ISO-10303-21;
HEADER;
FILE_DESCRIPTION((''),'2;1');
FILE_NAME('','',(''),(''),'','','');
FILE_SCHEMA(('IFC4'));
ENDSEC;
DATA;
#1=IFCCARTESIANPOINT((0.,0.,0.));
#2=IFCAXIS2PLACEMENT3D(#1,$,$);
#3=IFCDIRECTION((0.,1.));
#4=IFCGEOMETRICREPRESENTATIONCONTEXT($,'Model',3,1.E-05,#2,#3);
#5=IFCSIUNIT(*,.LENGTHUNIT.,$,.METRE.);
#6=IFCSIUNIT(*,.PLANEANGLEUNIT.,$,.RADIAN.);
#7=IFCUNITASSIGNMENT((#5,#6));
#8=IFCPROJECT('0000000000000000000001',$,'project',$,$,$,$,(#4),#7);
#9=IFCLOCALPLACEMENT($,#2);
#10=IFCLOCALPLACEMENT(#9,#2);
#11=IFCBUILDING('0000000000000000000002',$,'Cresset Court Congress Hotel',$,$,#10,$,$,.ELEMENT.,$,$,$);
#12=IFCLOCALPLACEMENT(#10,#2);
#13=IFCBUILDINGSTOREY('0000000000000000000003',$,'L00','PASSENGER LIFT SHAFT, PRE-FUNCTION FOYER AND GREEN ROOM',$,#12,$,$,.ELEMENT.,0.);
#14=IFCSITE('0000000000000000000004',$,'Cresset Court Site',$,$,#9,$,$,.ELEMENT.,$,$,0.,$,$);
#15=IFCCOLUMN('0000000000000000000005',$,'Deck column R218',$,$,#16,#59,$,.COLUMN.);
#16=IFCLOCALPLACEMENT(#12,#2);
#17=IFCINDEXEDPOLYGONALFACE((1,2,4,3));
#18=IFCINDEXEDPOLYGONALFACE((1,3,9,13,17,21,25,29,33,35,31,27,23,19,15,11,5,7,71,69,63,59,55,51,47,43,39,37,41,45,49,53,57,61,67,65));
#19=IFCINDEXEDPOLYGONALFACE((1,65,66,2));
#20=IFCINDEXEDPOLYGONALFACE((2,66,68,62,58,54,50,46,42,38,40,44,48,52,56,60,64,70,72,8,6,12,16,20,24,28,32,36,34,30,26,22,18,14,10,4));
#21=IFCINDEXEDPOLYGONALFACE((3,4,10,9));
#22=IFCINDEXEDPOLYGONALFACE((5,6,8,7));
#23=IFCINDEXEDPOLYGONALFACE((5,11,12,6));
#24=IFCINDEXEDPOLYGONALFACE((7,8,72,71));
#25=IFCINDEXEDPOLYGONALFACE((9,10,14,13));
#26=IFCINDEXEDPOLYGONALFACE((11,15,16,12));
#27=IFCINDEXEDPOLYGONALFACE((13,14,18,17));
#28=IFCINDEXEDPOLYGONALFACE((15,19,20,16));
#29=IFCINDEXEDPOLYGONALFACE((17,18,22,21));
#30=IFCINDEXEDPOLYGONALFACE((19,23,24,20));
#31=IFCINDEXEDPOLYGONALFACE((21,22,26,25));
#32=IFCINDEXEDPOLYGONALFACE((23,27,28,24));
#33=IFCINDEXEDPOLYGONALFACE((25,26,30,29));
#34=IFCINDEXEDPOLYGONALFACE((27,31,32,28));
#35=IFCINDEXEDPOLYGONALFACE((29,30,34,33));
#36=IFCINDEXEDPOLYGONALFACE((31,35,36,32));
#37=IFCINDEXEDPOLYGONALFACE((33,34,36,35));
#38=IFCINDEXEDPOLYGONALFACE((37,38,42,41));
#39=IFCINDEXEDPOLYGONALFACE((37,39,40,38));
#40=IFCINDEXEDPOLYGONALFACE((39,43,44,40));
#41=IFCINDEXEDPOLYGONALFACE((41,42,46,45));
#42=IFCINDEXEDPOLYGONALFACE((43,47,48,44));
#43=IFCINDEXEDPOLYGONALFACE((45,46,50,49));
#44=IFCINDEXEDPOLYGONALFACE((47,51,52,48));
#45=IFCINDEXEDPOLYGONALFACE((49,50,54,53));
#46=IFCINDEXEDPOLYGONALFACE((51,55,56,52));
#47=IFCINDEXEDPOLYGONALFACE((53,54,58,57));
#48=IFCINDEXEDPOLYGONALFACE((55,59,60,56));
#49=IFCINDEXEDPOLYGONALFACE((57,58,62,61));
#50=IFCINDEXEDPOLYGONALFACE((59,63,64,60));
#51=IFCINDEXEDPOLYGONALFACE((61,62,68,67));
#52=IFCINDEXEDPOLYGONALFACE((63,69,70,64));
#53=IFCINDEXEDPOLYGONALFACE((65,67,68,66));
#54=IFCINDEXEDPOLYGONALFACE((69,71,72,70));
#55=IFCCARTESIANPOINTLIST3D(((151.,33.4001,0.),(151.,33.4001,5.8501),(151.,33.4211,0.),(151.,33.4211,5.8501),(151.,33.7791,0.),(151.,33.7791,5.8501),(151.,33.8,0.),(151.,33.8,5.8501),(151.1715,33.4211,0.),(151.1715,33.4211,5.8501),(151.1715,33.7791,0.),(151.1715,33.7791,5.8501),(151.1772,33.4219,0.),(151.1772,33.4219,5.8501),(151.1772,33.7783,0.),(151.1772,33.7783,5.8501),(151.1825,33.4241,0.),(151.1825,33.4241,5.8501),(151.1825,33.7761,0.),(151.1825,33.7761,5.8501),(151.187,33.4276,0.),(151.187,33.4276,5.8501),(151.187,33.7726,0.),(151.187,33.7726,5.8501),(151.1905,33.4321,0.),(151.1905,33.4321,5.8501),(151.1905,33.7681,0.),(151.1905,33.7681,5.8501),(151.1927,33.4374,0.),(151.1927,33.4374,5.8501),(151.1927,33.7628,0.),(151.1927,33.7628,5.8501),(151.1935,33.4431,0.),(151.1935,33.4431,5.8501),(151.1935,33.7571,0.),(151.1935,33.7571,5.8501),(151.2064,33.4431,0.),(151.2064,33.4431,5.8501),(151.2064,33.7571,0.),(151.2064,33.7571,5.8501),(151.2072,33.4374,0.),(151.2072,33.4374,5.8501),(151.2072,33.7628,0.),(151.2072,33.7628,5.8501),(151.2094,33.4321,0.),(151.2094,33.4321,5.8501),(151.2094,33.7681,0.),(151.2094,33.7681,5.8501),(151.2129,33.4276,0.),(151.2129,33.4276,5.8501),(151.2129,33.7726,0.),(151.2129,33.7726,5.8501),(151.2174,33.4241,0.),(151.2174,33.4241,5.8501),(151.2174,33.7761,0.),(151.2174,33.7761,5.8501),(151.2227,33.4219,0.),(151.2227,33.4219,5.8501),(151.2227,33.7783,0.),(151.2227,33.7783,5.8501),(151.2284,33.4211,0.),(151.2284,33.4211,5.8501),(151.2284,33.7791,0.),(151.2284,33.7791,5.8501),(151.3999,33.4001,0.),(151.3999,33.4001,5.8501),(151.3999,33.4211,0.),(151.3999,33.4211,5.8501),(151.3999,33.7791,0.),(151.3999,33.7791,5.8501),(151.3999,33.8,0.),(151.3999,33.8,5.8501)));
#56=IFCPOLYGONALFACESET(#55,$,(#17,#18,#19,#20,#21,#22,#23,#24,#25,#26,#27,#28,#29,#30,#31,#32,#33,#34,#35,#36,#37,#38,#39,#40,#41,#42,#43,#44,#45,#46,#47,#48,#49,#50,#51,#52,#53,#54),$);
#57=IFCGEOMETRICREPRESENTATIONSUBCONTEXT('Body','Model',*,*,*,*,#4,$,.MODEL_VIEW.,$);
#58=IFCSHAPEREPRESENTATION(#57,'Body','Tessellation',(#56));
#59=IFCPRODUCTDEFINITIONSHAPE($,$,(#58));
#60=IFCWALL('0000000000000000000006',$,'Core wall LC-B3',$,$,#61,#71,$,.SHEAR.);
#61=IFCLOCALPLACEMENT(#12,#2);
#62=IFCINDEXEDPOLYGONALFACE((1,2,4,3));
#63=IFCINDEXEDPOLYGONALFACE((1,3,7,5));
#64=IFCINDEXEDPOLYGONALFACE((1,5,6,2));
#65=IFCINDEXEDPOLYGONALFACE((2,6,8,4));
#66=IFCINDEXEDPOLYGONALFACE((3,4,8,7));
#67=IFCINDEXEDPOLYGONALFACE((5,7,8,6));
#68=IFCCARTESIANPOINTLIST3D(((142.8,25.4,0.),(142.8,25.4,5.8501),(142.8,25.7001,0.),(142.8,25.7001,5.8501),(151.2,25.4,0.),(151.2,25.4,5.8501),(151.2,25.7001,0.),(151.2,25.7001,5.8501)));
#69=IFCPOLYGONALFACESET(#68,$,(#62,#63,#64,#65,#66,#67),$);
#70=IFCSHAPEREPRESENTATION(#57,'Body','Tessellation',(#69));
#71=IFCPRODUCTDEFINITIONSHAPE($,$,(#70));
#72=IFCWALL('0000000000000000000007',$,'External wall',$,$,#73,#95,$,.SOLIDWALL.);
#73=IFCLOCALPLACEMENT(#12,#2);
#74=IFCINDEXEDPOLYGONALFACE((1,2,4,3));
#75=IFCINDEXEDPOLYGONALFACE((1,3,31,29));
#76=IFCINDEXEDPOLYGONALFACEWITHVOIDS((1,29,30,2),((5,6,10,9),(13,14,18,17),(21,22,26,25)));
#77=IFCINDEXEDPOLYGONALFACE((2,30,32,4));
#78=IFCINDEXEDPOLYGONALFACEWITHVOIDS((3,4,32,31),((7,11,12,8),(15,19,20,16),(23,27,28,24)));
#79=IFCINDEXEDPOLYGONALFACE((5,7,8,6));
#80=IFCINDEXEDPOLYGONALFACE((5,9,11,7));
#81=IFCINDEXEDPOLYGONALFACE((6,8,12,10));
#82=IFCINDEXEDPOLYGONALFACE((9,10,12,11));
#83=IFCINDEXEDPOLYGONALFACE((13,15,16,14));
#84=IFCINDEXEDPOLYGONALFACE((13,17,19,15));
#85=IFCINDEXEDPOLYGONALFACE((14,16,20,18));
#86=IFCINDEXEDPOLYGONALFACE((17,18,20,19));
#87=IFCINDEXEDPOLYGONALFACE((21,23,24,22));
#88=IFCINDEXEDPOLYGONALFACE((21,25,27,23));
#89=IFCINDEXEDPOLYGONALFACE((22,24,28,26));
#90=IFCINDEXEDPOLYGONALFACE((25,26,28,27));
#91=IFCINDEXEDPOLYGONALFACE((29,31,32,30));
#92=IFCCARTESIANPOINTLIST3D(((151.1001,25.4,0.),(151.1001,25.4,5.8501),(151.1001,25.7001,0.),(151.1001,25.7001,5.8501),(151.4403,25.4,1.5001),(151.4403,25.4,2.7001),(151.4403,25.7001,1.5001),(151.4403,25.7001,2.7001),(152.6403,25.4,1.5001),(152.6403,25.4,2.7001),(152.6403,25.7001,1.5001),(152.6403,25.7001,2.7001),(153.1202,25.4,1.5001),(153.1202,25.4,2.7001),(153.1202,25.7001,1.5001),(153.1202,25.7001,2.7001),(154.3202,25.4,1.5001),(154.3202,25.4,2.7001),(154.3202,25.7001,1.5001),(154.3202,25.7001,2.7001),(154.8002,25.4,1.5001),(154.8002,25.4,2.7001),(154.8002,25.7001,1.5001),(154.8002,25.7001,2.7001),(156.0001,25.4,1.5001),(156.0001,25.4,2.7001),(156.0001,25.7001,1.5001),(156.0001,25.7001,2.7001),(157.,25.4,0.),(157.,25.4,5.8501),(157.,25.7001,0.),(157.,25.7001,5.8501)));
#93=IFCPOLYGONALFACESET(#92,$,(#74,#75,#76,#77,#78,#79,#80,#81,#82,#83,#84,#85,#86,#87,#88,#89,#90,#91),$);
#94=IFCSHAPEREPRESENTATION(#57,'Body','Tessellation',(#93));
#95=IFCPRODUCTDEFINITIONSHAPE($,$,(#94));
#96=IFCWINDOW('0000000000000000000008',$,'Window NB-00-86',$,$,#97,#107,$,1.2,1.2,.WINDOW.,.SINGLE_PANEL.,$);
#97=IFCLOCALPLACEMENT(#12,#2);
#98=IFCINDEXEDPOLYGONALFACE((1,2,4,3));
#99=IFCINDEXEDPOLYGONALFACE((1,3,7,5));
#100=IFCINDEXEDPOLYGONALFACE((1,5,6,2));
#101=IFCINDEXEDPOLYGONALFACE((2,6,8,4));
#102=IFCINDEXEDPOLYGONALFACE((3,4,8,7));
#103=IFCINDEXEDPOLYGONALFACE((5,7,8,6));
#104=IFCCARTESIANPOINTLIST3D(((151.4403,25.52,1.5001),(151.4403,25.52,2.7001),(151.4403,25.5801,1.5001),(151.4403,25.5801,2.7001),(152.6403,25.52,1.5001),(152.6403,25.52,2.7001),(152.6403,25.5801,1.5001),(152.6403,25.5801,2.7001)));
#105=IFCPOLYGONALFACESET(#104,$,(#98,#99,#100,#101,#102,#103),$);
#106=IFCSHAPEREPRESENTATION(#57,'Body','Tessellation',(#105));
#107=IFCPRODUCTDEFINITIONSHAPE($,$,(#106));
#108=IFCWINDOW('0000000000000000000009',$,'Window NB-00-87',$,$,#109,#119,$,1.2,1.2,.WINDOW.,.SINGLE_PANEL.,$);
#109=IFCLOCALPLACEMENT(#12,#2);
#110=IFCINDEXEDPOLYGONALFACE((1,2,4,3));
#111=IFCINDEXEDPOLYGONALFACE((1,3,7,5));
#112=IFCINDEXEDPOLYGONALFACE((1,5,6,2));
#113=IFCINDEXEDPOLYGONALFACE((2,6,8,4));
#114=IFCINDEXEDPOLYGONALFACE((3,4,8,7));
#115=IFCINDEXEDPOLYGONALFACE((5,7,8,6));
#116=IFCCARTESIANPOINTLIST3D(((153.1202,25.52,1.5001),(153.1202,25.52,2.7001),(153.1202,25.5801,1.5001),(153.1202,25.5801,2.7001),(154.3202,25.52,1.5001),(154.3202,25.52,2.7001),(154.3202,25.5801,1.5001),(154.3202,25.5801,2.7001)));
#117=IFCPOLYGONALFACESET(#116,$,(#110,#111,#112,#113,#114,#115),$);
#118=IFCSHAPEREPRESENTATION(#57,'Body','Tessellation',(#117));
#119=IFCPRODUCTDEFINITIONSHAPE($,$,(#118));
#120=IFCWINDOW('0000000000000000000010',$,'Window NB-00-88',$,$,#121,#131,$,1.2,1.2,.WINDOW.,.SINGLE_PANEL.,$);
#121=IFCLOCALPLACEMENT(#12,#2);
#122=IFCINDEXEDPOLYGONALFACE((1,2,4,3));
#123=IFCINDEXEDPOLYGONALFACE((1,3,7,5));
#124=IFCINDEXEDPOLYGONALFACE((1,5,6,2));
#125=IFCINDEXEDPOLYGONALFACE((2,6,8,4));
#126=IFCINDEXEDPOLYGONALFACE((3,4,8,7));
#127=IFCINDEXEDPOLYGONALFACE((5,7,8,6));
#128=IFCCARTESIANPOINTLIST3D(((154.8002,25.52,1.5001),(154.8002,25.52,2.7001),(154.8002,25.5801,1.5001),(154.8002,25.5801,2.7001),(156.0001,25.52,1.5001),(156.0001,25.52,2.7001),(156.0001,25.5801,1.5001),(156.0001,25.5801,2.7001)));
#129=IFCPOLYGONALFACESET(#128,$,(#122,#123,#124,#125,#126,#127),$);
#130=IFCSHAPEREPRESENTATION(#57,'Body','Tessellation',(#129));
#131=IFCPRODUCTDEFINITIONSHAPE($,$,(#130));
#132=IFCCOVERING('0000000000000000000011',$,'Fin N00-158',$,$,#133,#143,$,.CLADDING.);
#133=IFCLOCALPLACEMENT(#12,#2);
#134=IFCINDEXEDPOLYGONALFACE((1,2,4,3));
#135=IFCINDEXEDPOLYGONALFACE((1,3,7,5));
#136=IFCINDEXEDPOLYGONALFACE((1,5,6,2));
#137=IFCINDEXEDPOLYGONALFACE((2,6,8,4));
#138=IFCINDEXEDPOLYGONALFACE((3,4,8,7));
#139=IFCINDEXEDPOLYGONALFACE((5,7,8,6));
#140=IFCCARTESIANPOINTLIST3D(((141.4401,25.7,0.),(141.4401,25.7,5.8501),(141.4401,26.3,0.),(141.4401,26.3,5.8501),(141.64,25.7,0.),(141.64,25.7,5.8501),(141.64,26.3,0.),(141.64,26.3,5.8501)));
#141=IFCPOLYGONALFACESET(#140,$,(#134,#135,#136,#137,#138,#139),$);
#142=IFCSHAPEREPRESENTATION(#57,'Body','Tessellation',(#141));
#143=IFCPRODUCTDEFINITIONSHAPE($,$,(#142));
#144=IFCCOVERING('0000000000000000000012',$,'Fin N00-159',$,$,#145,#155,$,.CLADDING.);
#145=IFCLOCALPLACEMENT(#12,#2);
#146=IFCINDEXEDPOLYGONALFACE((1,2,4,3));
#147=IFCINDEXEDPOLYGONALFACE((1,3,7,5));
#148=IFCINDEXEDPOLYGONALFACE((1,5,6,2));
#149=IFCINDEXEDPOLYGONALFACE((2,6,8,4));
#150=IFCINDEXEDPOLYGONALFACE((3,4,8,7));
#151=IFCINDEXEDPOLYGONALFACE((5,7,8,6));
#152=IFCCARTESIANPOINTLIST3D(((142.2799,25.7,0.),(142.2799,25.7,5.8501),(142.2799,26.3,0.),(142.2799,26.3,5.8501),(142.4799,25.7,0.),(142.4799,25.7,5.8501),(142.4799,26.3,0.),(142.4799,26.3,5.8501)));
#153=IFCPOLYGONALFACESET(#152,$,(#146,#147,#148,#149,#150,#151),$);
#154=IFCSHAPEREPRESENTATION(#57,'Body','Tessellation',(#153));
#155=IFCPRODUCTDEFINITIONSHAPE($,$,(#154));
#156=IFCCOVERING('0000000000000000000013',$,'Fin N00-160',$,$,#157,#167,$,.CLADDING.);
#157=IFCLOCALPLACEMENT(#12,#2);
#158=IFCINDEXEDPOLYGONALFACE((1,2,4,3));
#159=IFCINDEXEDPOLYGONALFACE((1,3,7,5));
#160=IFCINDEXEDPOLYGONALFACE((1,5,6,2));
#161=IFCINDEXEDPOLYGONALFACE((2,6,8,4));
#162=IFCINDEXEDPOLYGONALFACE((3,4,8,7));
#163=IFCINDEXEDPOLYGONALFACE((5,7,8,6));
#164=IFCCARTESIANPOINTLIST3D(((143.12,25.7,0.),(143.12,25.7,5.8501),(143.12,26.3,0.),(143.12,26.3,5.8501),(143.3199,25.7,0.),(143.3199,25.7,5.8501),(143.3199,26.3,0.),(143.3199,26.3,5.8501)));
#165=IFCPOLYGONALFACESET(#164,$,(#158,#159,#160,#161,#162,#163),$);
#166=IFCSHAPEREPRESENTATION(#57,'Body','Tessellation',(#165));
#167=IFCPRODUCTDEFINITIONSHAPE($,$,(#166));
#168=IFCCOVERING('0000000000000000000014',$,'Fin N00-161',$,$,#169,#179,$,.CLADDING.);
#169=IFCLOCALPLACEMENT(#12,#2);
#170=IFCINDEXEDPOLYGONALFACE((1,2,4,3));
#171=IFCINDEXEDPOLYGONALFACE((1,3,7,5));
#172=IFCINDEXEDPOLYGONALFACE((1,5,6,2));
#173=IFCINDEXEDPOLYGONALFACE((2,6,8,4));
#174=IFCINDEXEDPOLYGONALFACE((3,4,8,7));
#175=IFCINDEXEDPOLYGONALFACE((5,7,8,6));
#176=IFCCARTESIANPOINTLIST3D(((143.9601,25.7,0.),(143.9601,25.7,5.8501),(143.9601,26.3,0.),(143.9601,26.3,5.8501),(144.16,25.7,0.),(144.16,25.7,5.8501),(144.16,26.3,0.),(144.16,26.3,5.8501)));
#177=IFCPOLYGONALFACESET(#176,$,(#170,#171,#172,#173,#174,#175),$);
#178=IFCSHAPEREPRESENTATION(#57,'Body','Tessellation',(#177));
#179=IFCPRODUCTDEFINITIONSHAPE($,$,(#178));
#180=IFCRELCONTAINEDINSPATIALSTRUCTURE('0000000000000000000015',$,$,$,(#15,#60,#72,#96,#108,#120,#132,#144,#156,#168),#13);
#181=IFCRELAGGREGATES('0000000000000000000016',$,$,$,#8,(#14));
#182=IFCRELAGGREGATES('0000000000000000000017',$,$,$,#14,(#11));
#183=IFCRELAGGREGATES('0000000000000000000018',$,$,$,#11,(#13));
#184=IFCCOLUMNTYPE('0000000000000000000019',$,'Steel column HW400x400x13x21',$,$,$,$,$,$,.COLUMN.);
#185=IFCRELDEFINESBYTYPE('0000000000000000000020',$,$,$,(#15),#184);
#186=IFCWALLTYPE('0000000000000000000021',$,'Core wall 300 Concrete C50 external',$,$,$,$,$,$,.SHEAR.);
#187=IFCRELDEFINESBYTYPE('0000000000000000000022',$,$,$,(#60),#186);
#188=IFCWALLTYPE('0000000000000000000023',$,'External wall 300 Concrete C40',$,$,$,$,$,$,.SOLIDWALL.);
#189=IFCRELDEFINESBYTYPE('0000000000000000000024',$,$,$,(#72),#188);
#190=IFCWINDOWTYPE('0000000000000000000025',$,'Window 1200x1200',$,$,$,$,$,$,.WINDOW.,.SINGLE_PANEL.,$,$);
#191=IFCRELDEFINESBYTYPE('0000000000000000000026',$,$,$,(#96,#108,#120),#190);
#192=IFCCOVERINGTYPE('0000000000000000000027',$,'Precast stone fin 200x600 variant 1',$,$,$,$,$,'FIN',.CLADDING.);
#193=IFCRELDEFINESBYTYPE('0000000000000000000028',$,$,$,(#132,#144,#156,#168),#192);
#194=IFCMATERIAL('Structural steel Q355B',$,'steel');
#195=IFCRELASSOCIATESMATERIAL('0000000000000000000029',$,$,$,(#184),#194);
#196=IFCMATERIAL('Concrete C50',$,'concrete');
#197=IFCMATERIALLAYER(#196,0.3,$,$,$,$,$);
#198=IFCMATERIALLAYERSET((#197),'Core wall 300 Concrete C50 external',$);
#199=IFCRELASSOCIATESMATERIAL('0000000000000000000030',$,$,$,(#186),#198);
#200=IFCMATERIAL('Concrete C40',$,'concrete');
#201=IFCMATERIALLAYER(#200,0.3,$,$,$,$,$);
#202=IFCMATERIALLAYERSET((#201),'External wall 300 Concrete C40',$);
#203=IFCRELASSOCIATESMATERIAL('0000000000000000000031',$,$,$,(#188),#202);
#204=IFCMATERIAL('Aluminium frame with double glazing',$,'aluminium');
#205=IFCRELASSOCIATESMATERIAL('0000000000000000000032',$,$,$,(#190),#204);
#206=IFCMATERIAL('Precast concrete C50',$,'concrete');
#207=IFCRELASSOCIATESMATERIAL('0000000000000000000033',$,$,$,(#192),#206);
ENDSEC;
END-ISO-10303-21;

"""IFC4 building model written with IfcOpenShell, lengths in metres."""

from ifc_helpers import new_model, si_unit, direction, frame, frame_2d, origin, origin_2d, place, context, subcontext, project, spatial, rectangle, i_section, extrude, material, layer, layer_set, material_profile, profile_set, type_object, element, fill, save


model = new_model("IFC4")

# Units and contexts
model_context = context("Model", 3, precision=1e-05, world=origin(), true_north=direction((0.0, 1.0)))
body_context = subcontext(model_context, "Body", "Model", "MODEL_VIEW")
ifc_project = project(units=[si_unit("LENGTHUNIT", "METRE"), si_unit("PLANEANGLEUNIT", "RADIAN")], contexts=[model_context])

# Site, building, storey
site_placement = place(None, origin())
site = spatial("IfcSite", under=ifc_project, at=site_placement, Name="Cresset Court Site", CompositionType="ELEMENT", RefElevation=0.0)
building_placement = place(site_placement, origin())
building = spatial("IfcBuilding", under=site, at=building_placement, Name="Cresset Court Congress Hotel", CompositionType="ELEMENT")
storey_placement = place(building_placement, origin())
storey = spatial("IfcBuildingStorey", under=building, at=storey_placement, Name="L00", Description="PASSENGER LIFT SHAFT, PRE-FUNCTION FOYER AND GREEN ROOM", CompositionType="ELEMENT", Elevation=0.0)

# Column
ifc_material_1 = material(Name="Structural steel Q355B", Category="steel")
ifc_material_profile_1 = material_profile(ifc_material_1, i_section(OverallWidth=0.3999, OverallDepth=0.3999, WebThickness=0.0129, FlangeThickness=0.021, FilletRadius=0.022, at=origin_2d()), Name="HW400x400x13x21")
ifc_profile_set_1 = profile_set([ifc_material_profile_1], Name="Structural steel Q355B")
column_type_1 = type_object("IfcColumnType", Name="Steel column HW400x400x13x21", PredefinedType="COLUMN", material=ifc_profile_set_1)
for number, where, z_axis, x_axis, name in (
    (1, (151.2, 33.6001, 0.0), (0.0, 0.0, 1.0), (1.0, 0.0, 0.0), "Deck column R218"),
):
    element("IfcColumn", number, at=place(storey_placement, frame(where, z_axis=z_axis, x_axis=x_axis)), inside=storey, type_object=column_type_1, Name=name, PredefinedType="COLUMN", context=body_context, shape_type="SweptSolid", body=[
        extrude(i_section(OverallWidth=0.3999, OverallDepth=0.3999, WebThickness=0.0129, FlangeThickness=0.021, FilletRadius=0.022, at=origin_2d()), origin(), (0.0, 0.0, 1.0), 5.8501),
    ])

# Wall
ifc_material_2 = material(Name="Concrete C50", Category="concrete")
ifc_layer_1 = layer(ifc_material_2, 0.3)
ifc_layer_set_1 = layer_set([ifc_layer_1], Name="Core wall 300 Concrete C50 external")
wall_type_1 = type_object("IfcWallType", Name="Core wall 300 Concrete C50 external", PredefinedType="SHEAR", material=ifc_layer_set_1)
wall_1_placement = place(storey_placement, frame((142.8, 25.55, 0.0), z_axis=(0.0, 0.0, 1.0), x_axis=(1.0, 0.0, 0.0)))
element("IfcWall", 2, at=wall_1_placement, inside=storey, type_object=wall_type_1, Name="Core wall LC-B3", PredefinedType="SHEAR", context=body_context, shape_type="SweptSolid", body=[
    extrude(rectangle(XDim=8.3999, YDim=0.3, at=frame_2d((4.2, 0.0))), origin(), (0.0, 0.0, 1.0), 5.8501),
])

# Wall, openings, windows
ifc_material_3 = material(Name="Concrete C40", Category="concrete")
ifc_layer_2 = layer(ifc_material_3, 0.3)
ifc_layer_set_2 = layer_set([ifc_layer_2], Name="External wall 300 Concrete C40")
wall_type_2 = type_object("IfcWallType", Name="External wall 300 Concrete C40", PredefinedType="SOLIDWALL", material=ifc_layer_set_2)
wall_2_placement = place(storey_placement, frame((151.1001, 25.55, 0.0), z_axis=(0.0, 0.0, 1.0), x_axis=(1.0, 0.0, 0.0)))
wall_2 = element("IfcWall", 3, at=wall_2_placement, inside=storey, type_object=wall_type_2, Name="External wall", PredefinedType="SOLIDWALL", context=body_context, shape_type="SweptSolid", body=[
    extrude(rectangle(XDim=5.8999, YDim=0.3, at=frame_2d((2.95, 0.0))), origin(), (0.0, 0.0, 1.0), 5.8501),
])
opening_1_placement = place(wall_2_placement, frame((0.3401, 0.0, 1.5)))
opening_1 = element("IfcOpeningElement", 4, at=opening_1_placement, cuts=wall_2, PredefinedType="OPENING", context=body_context, shape_type="SweptSolid", body=[
    extrude(rectangle(XDim=1.2, YDim=1.2, at=frame_2d((0.6001, 0.6001))), frame((0.0, 0.1599, 0.0), z_axis=(0.0, -1.0, 0.0), x_axis=(1.0, 0.0, 0.0)), (0.0, 0.0, 1.0), 0.3201),
])
opening_2_placement = place(wall_2_placement, frame((2.02, 0.0, 1.5)))
opening_2 = element("IfcOpeningElement", 5, at=opening_2_placement, cuts=wall_2, PredefinedType="OPENING", context=body_context, shape_type="SweptSolid", body=[
    extrude(rectangle(XDim=1.2, YDim=1.2, at=frame_2d((0.6001, 0.6001))), frame((0.0, 0.1599, 0.0), z_axis=(0.0, -1.0, 0.0), x_axis=(1.0, 0.0, 0.0)), (0.0, 0.0, 1.0), 0.3201),
])
opening_3_placement = place(wall_2_placement, frame((3.7, 0.0, 1.5)))
opening_3 = element("IfcOpeningElement", 6, at=opening_3_placement, cuts=wall_2, PredefinedType="OPENING", context=body_context, shape_type="SweptSolid", body=[
    extrude(rectangle(XDim=1.2, YDim=1.2, at=frame_2d((0.6001, 0.6001))), frame((0.0, 0.1599, 0.0), z_axis=(0.0, -1.0, 0.0), x_axis=(1.0, 0.0, 0.0)), (0.0, 0.0, 1.0), 0.3201),
])
ifc_material_4 = material(Name="Aluminium frame with double glazing", Category="aluminium")
window_type = type_object("IfcWindowType", Name="Window 1200x1200", PartitioningType="SINGLE_PANEL", PredefinedType="WINDOW", material=ifc_material_4)
window_1_placement = place(opening_1_placement, origin())
window_1 = element("IfcWindow", 7, at=window_1_placement, inside=storey, type_object=window_type, Name="Window NB-00-86", OverallHeight=1.2, OverallWidth=1.2, PartitioningType="SINGLE_PANEL", PredefinedType="WINDOW", context=body_context, shape_type="SweptSolid", body=[
    extrude(rectangle(XDim=1.2, YDim=1.2, at=frame_2d((0.6001, 0.6001))), frame((0.0, 0.03, 0.0), z_axis=(0.0, -1.0, 0.0), x_axis=(1.0, 0.0, 0.0)), (0.0, 0.0, 1.0), 0.0601),
])
fill(opening_1, window_1)
window_2_placement = place(opening_2_placement, origin())
window_2 = element("IfcWindow", 8, at=window_2_placement, inside=storey, type_object=window_type, Name="Window NB-00-87", OverallHeight=1.2, OverallWidth=1.2, PartitioningType="SINGLE_PANEL", PredefinedType="WINDOW", context=body_context, shape_type="SweptSolid", body=[
    extrude(rectangle(XDim=1.2, YDim=1.2, at=frame_2d((0.6001, 0.6001))), frame((0.0, 0.03, 0.0), z_axis=(0.0, -1.0, 0.0), x_axis=(1.0, 0.0, 0.0)), (0.0, 0.0, 1.0), 0.0601),
])
fill(opening_2, window_2)
window_3_placement = place(opening_3_placement, origin())
window_3 = element("IfcWindow", 9, at=window_3_placement, inside=storey, type_object=window_type, Name="Window NB-00-88", OverallHeight=1.2, OverallWidth=1.2, PartitioningType="SINGLE_PANEL", PredefinedType="WINDOW", context=body_context, shape_type="SweptSolid", body=[
    extrude(rectangle(XDim=1.2, YDim=1.2, at=frame_2d((0.6001, 0.6001))), frame((0.0, 0.03, 0.0), z_axis=(0.0, -1.0, 0.0), x_axis=(1.0, 0.0, 0.0)), (0.0, 0.0, 1.0), 0.0601),
])
fill(opening_3, window_3)

# Coverings
ifc_material_5 = material(Name="Precast concrete C50", Category="concrete")
covering_type = type_object("IfcCoveringType", Name="Precast stone fin 200x600 variant 1", ElementType="FIN", PredefinedType="CLADDING", material=ifc_material_5)
for number, where, z_axis, x_axis, name in (
    (10, (141.54, 26.0, 0.0), (0.0, 0.0, 1.0), (1.0, 0.0, 0.0), "Fin N00-158"),
    (11, (142.3799, 26.0, 0.0), (0.0, 0.0, 1.0), (1.0, 0.0, 0.0), "Fin N00-159"),
    (12, (143.22, 26.0, 0.0), (0.0, 0.0, 1.0), (1.0, 0.0, 0.0), "Fin N00-160"),
    (13, (144.0601, 26.0, 0.0), (0.0, 0.0, 1.0), (1.0, 0.0, 0.0), "Fin N00-161"),
):
    element("IfcCovering", number, at=place(storey_placement, frame(where, z_axis=z_axis, x_axis=x_axis)), inside=storey, type_object=covering_type, Name=name, PredefinedType="CLADDING", context=body_context, shape_type="SweptSolid", body=[
        extrude(rectangle(XDim=0.2, YDim=0.6001, at=origin_2d()), origin(), (0.0, 0.0, 1.0), 5.8501),
    ])

save(model, "model.ifc")
